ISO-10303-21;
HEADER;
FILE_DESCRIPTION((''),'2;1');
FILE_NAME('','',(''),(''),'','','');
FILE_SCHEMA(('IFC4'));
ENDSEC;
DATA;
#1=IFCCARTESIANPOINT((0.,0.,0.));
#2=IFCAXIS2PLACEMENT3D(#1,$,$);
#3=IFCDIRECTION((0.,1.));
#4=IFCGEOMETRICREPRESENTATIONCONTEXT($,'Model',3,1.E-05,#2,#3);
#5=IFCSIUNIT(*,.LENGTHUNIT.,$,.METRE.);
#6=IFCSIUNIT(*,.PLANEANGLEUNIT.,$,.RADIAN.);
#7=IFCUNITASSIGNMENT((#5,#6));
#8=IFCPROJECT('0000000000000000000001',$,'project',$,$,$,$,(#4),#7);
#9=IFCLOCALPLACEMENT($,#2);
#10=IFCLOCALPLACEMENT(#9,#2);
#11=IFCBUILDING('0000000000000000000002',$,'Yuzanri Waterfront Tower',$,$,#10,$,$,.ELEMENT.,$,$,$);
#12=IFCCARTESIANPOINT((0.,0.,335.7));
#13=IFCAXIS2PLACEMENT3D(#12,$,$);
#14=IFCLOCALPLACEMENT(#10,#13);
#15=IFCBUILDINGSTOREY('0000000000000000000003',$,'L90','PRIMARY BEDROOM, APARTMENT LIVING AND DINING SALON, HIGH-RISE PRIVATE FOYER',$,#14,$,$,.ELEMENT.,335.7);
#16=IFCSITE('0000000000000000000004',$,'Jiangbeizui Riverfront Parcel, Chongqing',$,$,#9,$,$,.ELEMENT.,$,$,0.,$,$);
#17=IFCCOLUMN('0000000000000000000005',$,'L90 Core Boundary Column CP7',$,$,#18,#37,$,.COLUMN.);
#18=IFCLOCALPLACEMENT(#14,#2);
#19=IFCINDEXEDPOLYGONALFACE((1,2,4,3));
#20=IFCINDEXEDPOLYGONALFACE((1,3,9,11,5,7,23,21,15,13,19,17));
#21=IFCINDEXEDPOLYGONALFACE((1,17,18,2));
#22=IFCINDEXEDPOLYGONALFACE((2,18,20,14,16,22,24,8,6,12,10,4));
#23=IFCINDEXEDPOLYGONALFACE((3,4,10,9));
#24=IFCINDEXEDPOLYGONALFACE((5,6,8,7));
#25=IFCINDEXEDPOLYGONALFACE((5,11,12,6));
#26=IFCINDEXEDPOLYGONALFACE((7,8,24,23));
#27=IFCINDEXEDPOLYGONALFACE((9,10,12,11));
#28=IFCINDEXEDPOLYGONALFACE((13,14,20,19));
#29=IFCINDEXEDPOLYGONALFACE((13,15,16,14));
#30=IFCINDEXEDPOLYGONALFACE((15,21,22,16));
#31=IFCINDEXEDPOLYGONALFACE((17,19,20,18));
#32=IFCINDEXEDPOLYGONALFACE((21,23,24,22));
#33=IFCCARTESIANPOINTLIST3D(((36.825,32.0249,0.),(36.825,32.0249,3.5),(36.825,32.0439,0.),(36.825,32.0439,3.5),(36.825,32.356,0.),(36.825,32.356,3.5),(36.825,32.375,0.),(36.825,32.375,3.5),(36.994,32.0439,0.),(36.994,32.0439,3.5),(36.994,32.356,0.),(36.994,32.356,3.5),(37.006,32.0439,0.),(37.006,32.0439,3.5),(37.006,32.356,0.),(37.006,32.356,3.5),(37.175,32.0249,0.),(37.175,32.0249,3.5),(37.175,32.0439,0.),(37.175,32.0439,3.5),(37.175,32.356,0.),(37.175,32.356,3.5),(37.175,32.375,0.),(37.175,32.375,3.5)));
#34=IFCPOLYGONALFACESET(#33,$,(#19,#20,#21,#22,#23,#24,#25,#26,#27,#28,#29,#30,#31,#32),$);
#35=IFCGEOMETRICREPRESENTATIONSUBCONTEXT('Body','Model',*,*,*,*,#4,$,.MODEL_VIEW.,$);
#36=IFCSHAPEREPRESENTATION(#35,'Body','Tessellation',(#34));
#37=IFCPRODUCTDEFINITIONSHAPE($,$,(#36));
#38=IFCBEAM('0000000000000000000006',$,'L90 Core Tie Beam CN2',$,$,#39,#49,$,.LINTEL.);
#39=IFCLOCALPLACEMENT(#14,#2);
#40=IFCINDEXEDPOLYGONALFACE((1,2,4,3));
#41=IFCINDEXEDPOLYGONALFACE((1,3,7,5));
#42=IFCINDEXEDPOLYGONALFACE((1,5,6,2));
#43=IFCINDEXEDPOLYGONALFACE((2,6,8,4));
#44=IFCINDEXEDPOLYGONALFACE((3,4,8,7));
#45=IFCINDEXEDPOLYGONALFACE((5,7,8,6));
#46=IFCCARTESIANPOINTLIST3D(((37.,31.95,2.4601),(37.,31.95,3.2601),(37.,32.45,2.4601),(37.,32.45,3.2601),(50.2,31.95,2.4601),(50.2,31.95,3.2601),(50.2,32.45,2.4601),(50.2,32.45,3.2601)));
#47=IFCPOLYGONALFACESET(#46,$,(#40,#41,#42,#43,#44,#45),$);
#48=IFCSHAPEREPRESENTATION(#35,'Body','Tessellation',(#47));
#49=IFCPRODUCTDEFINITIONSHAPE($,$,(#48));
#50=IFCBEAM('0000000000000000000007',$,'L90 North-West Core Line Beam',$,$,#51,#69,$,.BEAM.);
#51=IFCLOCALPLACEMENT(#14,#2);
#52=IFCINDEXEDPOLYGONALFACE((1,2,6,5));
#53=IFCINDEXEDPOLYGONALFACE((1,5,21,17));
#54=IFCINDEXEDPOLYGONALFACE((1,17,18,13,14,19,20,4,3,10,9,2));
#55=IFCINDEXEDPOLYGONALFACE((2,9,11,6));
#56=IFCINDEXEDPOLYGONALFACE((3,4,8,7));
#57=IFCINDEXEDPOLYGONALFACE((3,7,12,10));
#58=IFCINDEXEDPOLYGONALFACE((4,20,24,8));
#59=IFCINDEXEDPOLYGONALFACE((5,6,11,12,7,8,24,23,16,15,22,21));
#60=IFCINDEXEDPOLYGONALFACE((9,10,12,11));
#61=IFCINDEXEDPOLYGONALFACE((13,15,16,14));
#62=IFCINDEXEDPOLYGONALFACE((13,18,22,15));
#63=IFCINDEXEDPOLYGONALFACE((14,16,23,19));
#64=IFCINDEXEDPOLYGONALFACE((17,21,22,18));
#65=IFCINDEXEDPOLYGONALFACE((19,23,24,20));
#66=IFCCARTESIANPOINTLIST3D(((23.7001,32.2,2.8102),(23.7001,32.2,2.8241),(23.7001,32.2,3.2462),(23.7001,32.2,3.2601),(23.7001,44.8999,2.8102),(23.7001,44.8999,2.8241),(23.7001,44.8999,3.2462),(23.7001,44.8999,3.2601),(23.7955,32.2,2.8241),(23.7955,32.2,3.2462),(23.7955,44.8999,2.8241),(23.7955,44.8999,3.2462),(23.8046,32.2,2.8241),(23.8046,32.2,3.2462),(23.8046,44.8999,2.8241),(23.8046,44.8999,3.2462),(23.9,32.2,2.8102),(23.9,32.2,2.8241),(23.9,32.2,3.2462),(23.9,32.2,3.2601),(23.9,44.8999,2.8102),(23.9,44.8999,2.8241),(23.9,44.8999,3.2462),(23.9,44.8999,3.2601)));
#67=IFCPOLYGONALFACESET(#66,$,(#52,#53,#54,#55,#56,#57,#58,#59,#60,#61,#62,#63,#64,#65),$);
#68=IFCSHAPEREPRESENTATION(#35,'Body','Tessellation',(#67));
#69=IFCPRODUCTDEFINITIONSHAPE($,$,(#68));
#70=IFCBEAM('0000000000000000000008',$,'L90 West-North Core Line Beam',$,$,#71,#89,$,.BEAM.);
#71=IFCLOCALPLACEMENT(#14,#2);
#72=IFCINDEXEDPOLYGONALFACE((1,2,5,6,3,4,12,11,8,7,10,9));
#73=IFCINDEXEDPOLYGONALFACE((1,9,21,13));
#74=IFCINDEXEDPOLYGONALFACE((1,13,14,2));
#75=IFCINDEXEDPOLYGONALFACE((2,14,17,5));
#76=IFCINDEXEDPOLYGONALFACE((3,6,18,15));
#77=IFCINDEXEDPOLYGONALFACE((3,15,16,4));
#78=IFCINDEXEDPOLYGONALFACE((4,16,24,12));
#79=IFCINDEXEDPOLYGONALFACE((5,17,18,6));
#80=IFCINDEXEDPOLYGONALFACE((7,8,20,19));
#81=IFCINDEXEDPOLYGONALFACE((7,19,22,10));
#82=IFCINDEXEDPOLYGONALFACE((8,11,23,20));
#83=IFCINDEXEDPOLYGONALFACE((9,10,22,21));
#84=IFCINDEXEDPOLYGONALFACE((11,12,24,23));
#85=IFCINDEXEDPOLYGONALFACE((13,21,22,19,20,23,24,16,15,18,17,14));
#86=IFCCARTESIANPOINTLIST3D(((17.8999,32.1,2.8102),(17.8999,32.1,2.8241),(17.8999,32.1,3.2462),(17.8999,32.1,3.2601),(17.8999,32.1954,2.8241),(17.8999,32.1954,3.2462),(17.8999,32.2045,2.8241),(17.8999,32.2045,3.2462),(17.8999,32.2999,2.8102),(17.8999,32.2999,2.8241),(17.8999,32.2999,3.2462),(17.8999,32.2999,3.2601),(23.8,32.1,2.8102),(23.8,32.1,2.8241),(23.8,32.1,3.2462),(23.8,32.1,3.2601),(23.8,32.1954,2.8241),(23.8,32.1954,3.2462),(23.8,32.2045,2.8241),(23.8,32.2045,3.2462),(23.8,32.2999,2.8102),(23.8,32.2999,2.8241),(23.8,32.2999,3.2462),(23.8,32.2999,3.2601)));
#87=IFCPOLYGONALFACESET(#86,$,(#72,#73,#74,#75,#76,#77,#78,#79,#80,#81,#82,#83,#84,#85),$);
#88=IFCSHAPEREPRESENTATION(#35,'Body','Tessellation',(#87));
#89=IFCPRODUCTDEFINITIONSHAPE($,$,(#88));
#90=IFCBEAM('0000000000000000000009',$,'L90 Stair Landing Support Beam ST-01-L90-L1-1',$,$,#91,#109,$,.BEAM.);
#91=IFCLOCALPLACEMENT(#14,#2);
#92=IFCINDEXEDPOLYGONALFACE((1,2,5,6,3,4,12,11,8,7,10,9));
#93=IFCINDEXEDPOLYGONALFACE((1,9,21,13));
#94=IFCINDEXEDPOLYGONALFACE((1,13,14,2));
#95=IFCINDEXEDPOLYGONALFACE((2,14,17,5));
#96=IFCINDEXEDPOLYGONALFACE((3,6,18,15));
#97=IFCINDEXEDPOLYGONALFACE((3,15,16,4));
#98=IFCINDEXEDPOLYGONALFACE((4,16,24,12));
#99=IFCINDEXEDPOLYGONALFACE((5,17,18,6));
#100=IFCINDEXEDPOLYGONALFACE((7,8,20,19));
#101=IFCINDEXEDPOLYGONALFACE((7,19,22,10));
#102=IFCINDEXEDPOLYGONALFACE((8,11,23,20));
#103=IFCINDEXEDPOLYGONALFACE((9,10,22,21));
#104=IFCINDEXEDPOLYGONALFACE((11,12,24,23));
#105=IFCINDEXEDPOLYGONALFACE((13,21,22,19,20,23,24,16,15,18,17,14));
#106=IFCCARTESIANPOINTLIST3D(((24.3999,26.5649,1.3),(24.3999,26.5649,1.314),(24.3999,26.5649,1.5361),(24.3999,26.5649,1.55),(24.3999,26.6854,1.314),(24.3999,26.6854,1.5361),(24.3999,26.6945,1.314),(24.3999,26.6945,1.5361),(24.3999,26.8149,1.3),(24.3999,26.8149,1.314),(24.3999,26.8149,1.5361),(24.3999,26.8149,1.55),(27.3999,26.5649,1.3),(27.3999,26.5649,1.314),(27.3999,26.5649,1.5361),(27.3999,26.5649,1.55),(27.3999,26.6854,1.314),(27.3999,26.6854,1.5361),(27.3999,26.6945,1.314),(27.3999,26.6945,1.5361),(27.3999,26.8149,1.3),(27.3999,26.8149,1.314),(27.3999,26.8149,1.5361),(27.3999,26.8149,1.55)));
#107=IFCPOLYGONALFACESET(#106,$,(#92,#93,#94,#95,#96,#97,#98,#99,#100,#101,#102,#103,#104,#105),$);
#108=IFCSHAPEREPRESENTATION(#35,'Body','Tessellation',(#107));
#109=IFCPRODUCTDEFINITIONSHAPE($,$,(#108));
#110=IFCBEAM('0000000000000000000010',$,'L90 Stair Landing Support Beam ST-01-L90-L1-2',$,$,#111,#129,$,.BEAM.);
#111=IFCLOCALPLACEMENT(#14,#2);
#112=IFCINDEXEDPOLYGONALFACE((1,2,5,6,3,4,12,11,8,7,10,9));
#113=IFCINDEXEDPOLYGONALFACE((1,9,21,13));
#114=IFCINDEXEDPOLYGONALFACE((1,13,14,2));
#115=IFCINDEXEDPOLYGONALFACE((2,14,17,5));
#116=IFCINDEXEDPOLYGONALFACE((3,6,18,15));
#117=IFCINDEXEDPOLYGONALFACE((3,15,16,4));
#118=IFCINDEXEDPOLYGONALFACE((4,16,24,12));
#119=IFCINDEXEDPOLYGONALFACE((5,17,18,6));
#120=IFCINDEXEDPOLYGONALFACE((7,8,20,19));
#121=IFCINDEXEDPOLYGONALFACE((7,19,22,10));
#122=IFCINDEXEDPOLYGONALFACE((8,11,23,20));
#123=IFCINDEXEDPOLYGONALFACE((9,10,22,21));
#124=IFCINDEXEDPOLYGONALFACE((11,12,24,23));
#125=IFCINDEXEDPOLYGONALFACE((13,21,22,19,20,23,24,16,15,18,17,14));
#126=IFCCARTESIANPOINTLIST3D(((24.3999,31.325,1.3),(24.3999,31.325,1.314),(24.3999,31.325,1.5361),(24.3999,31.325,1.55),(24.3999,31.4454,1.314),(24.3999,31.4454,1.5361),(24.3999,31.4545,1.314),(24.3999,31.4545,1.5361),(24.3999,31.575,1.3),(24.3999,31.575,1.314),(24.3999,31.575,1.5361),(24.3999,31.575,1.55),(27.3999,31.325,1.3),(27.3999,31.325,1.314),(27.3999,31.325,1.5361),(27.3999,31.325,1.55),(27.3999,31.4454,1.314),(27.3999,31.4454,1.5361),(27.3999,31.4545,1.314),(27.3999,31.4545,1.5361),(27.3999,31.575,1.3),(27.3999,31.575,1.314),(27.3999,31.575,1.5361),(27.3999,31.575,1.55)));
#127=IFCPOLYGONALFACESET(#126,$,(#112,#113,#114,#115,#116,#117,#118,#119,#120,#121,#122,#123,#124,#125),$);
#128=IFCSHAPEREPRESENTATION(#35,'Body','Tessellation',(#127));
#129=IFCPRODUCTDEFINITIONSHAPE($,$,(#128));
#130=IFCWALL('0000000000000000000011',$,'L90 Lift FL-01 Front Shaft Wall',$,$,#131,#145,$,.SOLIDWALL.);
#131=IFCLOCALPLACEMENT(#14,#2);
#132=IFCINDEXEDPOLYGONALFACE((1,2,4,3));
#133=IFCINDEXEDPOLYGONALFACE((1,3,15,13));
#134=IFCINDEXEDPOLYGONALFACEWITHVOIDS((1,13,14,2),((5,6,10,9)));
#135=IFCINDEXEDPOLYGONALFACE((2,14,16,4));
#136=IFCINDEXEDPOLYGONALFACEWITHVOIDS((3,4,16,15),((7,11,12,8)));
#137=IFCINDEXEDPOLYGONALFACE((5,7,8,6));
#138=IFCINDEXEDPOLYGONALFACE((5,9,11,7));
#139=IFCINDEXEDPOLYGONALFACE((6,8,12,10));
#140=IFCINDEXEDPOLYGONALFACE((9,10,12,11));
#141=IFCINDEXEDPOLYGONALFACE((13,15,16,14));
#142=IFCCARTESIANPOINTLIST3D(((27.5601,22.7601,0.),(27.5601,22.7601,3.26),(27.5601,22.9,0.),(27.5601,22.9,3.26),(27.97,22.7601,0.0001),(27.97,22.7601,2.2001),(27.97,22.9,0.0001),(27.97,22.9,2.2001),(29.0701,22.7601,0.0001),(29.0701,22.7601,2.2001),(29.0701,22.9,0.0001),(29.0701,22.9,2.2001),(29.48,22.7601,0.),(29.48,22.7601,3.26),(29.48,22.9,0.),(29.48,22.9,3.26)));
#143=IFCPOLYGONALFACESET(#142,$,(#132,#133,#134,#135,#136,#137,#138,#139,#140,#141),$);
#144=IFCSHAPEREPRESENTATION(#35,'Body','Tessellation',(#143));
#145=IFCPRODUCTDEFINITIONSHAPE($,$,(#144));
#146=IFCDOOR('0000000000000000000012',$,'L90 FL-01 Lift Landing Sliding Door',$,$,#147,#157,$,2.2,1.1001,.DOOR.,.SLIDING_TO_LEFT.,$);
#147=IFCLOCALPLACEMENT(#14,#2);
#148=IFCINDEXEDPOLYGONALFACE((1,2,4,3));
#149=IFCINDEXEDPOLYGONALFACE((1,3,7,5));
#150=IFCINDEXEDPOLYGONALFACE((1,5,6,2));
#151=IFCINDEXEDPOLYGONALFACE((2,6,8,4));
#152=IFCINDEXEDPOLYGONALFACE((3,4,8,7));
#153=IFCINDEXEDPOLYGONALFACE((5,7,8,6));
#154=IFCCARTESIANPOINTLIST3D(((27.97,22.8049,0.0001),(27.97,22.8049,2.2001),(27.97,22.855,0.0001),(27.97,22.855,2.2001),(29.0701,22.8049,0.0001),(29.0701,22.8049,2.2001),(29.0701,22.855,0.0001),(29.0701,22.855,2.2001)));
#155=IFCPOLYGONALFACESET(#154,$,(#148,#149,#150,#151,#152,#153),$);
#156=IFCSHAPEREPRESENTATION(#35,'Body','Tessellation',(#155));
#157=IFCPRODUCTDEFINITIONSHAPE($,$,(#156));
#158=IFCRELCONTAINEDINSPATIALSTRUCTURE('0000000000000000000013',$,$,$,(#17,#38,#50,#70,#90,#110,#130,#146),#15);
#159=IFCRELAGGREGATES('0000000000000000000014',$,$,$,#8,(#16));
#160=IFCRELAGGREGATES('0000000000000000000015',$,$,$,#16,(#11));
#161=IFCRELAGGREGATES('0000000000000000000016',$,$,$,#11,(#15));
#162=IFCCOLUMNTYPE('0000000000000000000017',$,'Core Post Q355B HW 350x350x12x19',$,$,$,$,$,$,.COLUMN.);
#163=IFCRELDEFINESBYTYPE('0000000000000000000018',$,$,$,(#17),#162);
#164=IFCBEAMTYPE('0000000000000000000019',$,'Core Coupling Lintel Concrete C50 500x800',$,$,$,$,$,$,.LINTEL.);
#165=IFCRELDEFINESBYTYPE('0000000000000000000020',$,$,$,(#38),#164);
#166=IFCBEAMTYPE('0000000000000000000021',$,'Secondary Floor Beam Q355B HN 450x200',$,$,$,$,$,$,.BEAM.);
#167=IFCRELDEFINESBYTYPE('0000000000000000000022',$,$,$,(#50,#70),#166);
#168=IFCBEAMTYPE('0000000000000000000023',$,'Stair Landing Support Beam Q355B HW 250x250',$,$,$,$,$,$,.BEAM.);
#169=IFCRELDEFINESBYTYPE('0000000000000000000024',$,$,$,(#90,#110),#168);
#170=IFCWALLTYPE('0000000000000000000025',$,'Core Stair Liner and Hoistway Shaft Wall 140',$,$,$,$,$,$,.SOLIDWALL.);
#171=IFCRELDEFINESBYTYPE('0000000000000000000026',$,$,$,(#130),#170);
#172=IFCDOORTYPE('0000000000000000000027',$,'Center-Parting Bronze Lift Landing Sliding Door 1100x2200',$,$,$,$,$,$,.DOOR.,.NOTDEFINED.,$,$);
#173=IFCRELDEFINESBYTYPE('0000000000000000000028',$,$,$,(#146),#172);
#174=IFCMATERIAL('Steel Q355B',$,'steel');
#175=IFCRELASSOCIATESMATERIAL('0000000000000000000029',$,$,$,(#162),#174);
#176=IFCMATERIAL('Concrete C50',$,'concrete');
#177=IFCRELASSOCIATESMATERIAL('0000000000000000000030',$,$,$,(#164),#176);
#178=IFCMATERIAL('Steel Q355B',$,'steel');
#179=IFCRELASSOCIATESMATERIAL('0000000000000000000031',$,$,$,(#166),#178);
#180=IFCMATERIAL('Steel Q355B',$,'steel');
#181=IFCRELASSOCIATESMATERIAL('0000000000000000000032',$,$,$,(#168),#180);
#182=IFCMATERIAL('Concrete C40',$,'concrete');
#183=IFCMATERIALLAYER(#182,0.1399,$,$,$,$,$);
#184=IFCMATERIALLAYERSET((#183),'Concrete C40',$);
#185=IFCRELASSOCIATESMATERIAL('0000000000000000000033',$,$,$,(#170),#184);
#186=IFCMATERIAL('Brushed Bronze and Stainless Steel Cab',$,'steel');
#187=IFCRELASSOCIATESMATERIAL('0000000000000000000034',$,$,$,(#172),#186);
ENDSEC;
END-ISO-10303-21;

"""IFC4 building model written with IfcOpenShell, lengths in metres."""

from ifc_helpers import new_model, si_unit, direction, frame, frame_2d, origin, origin_2d, place, context, subcontext, project, spatial, rectangle, i_section, extrude, source, transform, mapped, material, layer, layer_set, material_profile, profile_set, type_object, element, fill, save


model = new_model("IFC4")

# Units and contexts
model_context = context("Model", 3, precision=1e-05, world=origin(), true_north=direction((0.0, 1.0)))
body_context = subcontext(model_context, "Body", "Model", "MODEL_VIEW")
ifc_project = project(units=[si_unit("LENGTHUNIT", "METRE"), si_unit("PLANEANGLEUNIT", "RADIAN")], contexts=[model_context])

# Site, building, storey
site_placement = place(None, origin())
site = spatial("IfcSite", under=ifc_project, at=site_placement, Name="Jiangbeizui Riverfront Parcel, Chongqing", CompositionType="ELEMENT", RefElevation=0.0)
building_placement = place(site_placement, origin())
building = spatial("IfcBuilding", under=site, at=building_placement, Name="Yuzanri Waterfront Tower", CompositionType="ELEMENT")
storey_placement = place(building_placement, frame((0.0, 0.0, 335.7)))
storey = spatial("IfcBuildingStorey", under=building, at=storey_placement, Name="L90", Description="PRIMARY BEDROOM, APARTMENT LIVING AND DINING SALON, HIGH-RISE PRIVATE FOYER", CompositionType="ELEMENT", Elevation=335.7)

# Column
ifc_material_1 = material(Name="Steel Q355B", Category="steel")
ifc_material_profile_1 = material_profile(ifc_material_1, i_section(OverallWidth=0.3501, OverallDepth=0.3501, WebThickness=0.012, FlangeThickness=0.019, at=origin_2d()), Name="HW 350x350x12x19")
ifc_profile_set_1 = profile_set([ifc_material_profile_1], Name="Steel Q355B")
column_type = type_object("IfcColumnType", Name="Core Post Q355B HW 350x350x12x19", PredefinedType="COLUMN", material=ifc_profile_set_1)
shared_shape_1 = source(origin(), body_context, "Body", "SweptSolid", [
    extrude(i_section(OverallWidth=0.3501, OverallDepth=0.3501, WebThickness=0.012, FlangeThickness=0.019, at=origin_2d()), origin(), (0.0, 0.0, 1.0), 3.5),
])
column_placement = place(storey_placement, frame((37.0, 32.2, 0.0), z_axis=(0.0, 0.0, 1.0), x_axis=(1.0, 0.0, 0.0)))
element("IfcColumn", 1, at=column_placement, inside=storey, type_object=column_type, Name="L90 Core Boundary Column CP7", PredefinedType="COLUMN", context=body_context, shape_type="MappedRepresentation", body=[
    mapped(shared_shape_1, transform((0.0, 0.0, 0.0), scale=1.0)),
])

# Beams
ifc_material_2 = material(Name="Concrete C50", Category="concrete")
ifc_material_profile_2 = material_profile(ifc_material_2, rectangle(XDim=0.5, YDim=0.8, at=origin_2d()), Name="RC 500x800")
ifc_profile_set_2 = profile_set([ifc_material_profile_2], Name="Concrete C50")
beam_type_1 = type_object("IfcBeamType", Name="Core Coupling Lintel Concrete C50 500x800", PredefinedType="LINTEL", material=ifc_profile_set_2)
shared_shape_2 = source(origin(), body_context, "Body", "SweptSolid", [
    extrude(rectangle(XDim=0.5, YDim=0.8, at=origin_2d()), origin(), (0.0, 0.0, 1.0), 13.2),
])
beam_1_placement = place(storey_placement, frame((37.0, 32.2, 2.8601), z_axis=(1.0, 0.0, 0.0), x_axis=(0.0, 1.0, 0.0)))
element("IfcBeam", 2, at=beam_1_placement, inside=storey, type_object=beam_type_1, Name="L90 Core Tie Beam CN2", PredefinedType="LINTEL", context=body_context, shape_type="MappedRepresentation", body=[
    mapped(shared_shape_2, transform((0.0, 0.0, 0.0), scale=1.0)),
])
ifc_material_3 = material(Name="Steel Q355B", Category="steel")
ifc_material_profile_3 = material_profile(ifc_material_3, i_section(OverallWidth=0.2, OverallDepth=0.45, WebThickness=0.009, FlangeThickness=0.0139, at=origin_2d()), Name="HN 450x200x9x14")
ifc_profile_set_3 = profile_set([ifc_material_profile_3], Name="Steel Q355B")
beam_type_2 = type_object("IfcBeamType", Name="Secondary Floor Beam Q355B HN 450x200", PredefinedType="BEAM", material=ifc_profile_set_3)
shared_shape_3 = source(origin(), body_context, "Body", "SweptSolid", [
    extrude(i_section(OverallWidth=0.2, OverallDepth=0.45, WebThickness=0.009, FlangeThickness=0.0139, at=origin_2d()), origin(), (0.0, 0.0, 1.0), 12.7),
])
beam_2_placement = place(storey_placement, frame((23.8, 32.2, 3.0352), z_axis=(0.0, 1.0, 0.0), x_axis=(-1.0, 0.0, 0.0)))
element("IfcBeam", 3, at=beam_2_placement, inside=storey, type_object=beam_type_2, Name="L90 North-West Core Line Beam", PredefinedType="BEAM", context=body_context, shape_type="MappedRepresentation", body=[
    mapped(shared_shape_3, transform((0.0, 0.0, 0.0), scale=1.0)),
])
shared_shape_4 = source(origin(), body_context, "Body", "SweptSolid", [
    extrude(i_section(OverallWidth=0.2, OverallDepth=0.45, WebThickness=0.009, FlangeThickness=0.0139, at=origin_2d()), origin(), (0.0, 0.0, 1.0), 5.9001),
])
beam_3_placement = place(storey_placement, frame((23.8, 32.2, 3.0352), z_axis=(-1.0, 0.0, 0.0), x_axis=(0.0, -1.0, 0.0)))
element("IfcBeam", 4, at=beam_3_placement, inside=storey, type_object=beam_type_2, Name="L90 West-North Core Line Beam", PredefinedType="BEAM", context=body_context, shape_type="MappedRepresentation", body=[
    mapped(shared_shape_4, transform((0.0, 0.0, 0.0), scale=1.0)),
])
ifc_material_4 = material(Name="Steel Q355B", Category="steel")
ifc_material_profile_4 = material_profile(ifc_material_4, i_section(OverallWidth=0.25, OverallDepth=0.25, WebThickness=0.009, FlangeThickness=0.0139, at=origin_2d()), Name="HW 250x250x9x14")
ifc_profile_set_4 = profile_set([ifc_material_profile_4], Name="Steel Q355B")
beam_type_3 = type_object("IfcBeamType", Name="Stair Landing Support Beam Q355B HW 250x250", PredefinedType="BEAM", material=ifc_profile_set_4)
shared_shape_5 = source(origin(), body_context, "Body", "SweptSolid", [
    extrude(i_section(OverallWidth=0.25, OverallDepth=0.25, WebThickness=0.009, FlangeThickness=0.0139, at=origin_2d()), origin(), (0.0, 0.0, 1.0), 3.0),
])
for number, where, z_axis, x_axis, name in (
    (5, (24.3999, 26.6899, 1.425), (1.0, 0.0, 0.0), (0.0, 1.0, 0.0), "L90 Stair Landing Support Beam ST-01-L90-L1-1"),
    (6, (24.3999, 31.45, 1.425), (1.0, 0.0, 0.0), (0.0, 1.0, 0.0), "L90 Stair Landing Support Beam ST-01-L90-L1-2"),
):
    element("IfcBeam", number, at=place(storey_placement, frame(where, z_axis=z_axis, x_axis=x_axis)), inside=storey, type_object=beam_type_3, Name=name, PredefinedType="BEAM", context=body_context, shape_type="MappedRepresentation", body=[
        mapped(shared_shape_5, transform((0.0, 0.0, 0.0), scale=1.0)),
    ])

# Wall, opening, door
ifc_material_5 = material(Name="Concrete C40", Category="concrete")
ifc_layer_1 = layer(ifc_material_5, 0.1399)
ifc_layer_set_1 = layer_set([ifc_layer_1], Name="Concrete C40")
wall_type_1 = type_object("IfcWallType", Name="Core Stair Liner and Hoistway Shaft Wall 140", PredefinedType="SOLIDWALL", material=ifc_layer_set_1)
wall_1_placement = place(storey_placement, frame((27.5601, 22.8301, 0.0), z_axis=(0.0, 0.0, 1.0), x_axis=(1.0, 0.0, 0.0)))
wall_1 = element("IfcWall", 7, at=wall_1_placement, inside=storey, type_object=wall_type_1, Name="L90 Lift FL-01 Front Shaft Wall", PredefinedType="SOLIDWALL", context=body_context, shape_type="SweptSolid", body=[
    extrude(rectangle(XDim=1.9199, YDim=0.1399, at=frame_2d((0.96, 0.0))), origin(), (0.0, 0.0, 1.0), 3.26),
])
opening_1_placement = place(wall_1_placement, frame((0.4099, 0.0, 0.0)))
opening_1 = element("IfcOpeningElement", 8, at=opening_1_placement, cuts=wall_1, PredefinedType="OPENING", context=body_context, shape_type="SweptSolid", body=[
    extrude(rectangle(XDim=1.1001, YDim=2.2, at=frame_2d((0.55, 1.1001))), frame((0.0, 0.085, 0.0), z_axis=(0.0, -1.0, 0.0), x_axis=(1.0, 0.0, 0.0)), (0.0, 0.0, 1.0), 0.1697),
])
ifc_material_6 = material(Name="Brushed Bronze and Stainless Steel Cab", Category="steel")
door_type_1 = type_object("IfcDoorType", Name="Center-Parting Bronze Lift Landing Sliding Door 1100x2200", OperationType="NOTDEFINED", PredefinedType="DOOR", material=ifc_material_6)
shared_shape_6 = source(origin(), body_context, "Body", "SweptSolid", [
    extrude(rectangle(XDim=1.1001, YDim=2.2, at=frame_2d((0.55, 1.1001))), frame((0.0, 0.0249, 0.0), z_axis=(0.0, -1.0, 0.0), x_axis=(1.0, 0.0, 0.0)), (0.0, 0.0, 1.0), 0.05),
])
door_1_placement = place(opening_1_placement, origin())
door_1 = element("IfcDoor", 9, at=door_1_placement, inside=storey, type_object=door_type_1, Name="L90 FL-01 Lift Landing Sliding Door", OperationType="SLIDING_TO_LEFT", OverallHeight=2.2, OverallWidth=1.1001, PredefinedType="DOOR", context=body_context, shape_type="MappedRepresentation", body=[
    mapped(shared_shape_6, transform((0.0, 0.0, 0.0), scale=1.0)),
])
fill(opening_1, door_1)

save(model, "model.ifc")
